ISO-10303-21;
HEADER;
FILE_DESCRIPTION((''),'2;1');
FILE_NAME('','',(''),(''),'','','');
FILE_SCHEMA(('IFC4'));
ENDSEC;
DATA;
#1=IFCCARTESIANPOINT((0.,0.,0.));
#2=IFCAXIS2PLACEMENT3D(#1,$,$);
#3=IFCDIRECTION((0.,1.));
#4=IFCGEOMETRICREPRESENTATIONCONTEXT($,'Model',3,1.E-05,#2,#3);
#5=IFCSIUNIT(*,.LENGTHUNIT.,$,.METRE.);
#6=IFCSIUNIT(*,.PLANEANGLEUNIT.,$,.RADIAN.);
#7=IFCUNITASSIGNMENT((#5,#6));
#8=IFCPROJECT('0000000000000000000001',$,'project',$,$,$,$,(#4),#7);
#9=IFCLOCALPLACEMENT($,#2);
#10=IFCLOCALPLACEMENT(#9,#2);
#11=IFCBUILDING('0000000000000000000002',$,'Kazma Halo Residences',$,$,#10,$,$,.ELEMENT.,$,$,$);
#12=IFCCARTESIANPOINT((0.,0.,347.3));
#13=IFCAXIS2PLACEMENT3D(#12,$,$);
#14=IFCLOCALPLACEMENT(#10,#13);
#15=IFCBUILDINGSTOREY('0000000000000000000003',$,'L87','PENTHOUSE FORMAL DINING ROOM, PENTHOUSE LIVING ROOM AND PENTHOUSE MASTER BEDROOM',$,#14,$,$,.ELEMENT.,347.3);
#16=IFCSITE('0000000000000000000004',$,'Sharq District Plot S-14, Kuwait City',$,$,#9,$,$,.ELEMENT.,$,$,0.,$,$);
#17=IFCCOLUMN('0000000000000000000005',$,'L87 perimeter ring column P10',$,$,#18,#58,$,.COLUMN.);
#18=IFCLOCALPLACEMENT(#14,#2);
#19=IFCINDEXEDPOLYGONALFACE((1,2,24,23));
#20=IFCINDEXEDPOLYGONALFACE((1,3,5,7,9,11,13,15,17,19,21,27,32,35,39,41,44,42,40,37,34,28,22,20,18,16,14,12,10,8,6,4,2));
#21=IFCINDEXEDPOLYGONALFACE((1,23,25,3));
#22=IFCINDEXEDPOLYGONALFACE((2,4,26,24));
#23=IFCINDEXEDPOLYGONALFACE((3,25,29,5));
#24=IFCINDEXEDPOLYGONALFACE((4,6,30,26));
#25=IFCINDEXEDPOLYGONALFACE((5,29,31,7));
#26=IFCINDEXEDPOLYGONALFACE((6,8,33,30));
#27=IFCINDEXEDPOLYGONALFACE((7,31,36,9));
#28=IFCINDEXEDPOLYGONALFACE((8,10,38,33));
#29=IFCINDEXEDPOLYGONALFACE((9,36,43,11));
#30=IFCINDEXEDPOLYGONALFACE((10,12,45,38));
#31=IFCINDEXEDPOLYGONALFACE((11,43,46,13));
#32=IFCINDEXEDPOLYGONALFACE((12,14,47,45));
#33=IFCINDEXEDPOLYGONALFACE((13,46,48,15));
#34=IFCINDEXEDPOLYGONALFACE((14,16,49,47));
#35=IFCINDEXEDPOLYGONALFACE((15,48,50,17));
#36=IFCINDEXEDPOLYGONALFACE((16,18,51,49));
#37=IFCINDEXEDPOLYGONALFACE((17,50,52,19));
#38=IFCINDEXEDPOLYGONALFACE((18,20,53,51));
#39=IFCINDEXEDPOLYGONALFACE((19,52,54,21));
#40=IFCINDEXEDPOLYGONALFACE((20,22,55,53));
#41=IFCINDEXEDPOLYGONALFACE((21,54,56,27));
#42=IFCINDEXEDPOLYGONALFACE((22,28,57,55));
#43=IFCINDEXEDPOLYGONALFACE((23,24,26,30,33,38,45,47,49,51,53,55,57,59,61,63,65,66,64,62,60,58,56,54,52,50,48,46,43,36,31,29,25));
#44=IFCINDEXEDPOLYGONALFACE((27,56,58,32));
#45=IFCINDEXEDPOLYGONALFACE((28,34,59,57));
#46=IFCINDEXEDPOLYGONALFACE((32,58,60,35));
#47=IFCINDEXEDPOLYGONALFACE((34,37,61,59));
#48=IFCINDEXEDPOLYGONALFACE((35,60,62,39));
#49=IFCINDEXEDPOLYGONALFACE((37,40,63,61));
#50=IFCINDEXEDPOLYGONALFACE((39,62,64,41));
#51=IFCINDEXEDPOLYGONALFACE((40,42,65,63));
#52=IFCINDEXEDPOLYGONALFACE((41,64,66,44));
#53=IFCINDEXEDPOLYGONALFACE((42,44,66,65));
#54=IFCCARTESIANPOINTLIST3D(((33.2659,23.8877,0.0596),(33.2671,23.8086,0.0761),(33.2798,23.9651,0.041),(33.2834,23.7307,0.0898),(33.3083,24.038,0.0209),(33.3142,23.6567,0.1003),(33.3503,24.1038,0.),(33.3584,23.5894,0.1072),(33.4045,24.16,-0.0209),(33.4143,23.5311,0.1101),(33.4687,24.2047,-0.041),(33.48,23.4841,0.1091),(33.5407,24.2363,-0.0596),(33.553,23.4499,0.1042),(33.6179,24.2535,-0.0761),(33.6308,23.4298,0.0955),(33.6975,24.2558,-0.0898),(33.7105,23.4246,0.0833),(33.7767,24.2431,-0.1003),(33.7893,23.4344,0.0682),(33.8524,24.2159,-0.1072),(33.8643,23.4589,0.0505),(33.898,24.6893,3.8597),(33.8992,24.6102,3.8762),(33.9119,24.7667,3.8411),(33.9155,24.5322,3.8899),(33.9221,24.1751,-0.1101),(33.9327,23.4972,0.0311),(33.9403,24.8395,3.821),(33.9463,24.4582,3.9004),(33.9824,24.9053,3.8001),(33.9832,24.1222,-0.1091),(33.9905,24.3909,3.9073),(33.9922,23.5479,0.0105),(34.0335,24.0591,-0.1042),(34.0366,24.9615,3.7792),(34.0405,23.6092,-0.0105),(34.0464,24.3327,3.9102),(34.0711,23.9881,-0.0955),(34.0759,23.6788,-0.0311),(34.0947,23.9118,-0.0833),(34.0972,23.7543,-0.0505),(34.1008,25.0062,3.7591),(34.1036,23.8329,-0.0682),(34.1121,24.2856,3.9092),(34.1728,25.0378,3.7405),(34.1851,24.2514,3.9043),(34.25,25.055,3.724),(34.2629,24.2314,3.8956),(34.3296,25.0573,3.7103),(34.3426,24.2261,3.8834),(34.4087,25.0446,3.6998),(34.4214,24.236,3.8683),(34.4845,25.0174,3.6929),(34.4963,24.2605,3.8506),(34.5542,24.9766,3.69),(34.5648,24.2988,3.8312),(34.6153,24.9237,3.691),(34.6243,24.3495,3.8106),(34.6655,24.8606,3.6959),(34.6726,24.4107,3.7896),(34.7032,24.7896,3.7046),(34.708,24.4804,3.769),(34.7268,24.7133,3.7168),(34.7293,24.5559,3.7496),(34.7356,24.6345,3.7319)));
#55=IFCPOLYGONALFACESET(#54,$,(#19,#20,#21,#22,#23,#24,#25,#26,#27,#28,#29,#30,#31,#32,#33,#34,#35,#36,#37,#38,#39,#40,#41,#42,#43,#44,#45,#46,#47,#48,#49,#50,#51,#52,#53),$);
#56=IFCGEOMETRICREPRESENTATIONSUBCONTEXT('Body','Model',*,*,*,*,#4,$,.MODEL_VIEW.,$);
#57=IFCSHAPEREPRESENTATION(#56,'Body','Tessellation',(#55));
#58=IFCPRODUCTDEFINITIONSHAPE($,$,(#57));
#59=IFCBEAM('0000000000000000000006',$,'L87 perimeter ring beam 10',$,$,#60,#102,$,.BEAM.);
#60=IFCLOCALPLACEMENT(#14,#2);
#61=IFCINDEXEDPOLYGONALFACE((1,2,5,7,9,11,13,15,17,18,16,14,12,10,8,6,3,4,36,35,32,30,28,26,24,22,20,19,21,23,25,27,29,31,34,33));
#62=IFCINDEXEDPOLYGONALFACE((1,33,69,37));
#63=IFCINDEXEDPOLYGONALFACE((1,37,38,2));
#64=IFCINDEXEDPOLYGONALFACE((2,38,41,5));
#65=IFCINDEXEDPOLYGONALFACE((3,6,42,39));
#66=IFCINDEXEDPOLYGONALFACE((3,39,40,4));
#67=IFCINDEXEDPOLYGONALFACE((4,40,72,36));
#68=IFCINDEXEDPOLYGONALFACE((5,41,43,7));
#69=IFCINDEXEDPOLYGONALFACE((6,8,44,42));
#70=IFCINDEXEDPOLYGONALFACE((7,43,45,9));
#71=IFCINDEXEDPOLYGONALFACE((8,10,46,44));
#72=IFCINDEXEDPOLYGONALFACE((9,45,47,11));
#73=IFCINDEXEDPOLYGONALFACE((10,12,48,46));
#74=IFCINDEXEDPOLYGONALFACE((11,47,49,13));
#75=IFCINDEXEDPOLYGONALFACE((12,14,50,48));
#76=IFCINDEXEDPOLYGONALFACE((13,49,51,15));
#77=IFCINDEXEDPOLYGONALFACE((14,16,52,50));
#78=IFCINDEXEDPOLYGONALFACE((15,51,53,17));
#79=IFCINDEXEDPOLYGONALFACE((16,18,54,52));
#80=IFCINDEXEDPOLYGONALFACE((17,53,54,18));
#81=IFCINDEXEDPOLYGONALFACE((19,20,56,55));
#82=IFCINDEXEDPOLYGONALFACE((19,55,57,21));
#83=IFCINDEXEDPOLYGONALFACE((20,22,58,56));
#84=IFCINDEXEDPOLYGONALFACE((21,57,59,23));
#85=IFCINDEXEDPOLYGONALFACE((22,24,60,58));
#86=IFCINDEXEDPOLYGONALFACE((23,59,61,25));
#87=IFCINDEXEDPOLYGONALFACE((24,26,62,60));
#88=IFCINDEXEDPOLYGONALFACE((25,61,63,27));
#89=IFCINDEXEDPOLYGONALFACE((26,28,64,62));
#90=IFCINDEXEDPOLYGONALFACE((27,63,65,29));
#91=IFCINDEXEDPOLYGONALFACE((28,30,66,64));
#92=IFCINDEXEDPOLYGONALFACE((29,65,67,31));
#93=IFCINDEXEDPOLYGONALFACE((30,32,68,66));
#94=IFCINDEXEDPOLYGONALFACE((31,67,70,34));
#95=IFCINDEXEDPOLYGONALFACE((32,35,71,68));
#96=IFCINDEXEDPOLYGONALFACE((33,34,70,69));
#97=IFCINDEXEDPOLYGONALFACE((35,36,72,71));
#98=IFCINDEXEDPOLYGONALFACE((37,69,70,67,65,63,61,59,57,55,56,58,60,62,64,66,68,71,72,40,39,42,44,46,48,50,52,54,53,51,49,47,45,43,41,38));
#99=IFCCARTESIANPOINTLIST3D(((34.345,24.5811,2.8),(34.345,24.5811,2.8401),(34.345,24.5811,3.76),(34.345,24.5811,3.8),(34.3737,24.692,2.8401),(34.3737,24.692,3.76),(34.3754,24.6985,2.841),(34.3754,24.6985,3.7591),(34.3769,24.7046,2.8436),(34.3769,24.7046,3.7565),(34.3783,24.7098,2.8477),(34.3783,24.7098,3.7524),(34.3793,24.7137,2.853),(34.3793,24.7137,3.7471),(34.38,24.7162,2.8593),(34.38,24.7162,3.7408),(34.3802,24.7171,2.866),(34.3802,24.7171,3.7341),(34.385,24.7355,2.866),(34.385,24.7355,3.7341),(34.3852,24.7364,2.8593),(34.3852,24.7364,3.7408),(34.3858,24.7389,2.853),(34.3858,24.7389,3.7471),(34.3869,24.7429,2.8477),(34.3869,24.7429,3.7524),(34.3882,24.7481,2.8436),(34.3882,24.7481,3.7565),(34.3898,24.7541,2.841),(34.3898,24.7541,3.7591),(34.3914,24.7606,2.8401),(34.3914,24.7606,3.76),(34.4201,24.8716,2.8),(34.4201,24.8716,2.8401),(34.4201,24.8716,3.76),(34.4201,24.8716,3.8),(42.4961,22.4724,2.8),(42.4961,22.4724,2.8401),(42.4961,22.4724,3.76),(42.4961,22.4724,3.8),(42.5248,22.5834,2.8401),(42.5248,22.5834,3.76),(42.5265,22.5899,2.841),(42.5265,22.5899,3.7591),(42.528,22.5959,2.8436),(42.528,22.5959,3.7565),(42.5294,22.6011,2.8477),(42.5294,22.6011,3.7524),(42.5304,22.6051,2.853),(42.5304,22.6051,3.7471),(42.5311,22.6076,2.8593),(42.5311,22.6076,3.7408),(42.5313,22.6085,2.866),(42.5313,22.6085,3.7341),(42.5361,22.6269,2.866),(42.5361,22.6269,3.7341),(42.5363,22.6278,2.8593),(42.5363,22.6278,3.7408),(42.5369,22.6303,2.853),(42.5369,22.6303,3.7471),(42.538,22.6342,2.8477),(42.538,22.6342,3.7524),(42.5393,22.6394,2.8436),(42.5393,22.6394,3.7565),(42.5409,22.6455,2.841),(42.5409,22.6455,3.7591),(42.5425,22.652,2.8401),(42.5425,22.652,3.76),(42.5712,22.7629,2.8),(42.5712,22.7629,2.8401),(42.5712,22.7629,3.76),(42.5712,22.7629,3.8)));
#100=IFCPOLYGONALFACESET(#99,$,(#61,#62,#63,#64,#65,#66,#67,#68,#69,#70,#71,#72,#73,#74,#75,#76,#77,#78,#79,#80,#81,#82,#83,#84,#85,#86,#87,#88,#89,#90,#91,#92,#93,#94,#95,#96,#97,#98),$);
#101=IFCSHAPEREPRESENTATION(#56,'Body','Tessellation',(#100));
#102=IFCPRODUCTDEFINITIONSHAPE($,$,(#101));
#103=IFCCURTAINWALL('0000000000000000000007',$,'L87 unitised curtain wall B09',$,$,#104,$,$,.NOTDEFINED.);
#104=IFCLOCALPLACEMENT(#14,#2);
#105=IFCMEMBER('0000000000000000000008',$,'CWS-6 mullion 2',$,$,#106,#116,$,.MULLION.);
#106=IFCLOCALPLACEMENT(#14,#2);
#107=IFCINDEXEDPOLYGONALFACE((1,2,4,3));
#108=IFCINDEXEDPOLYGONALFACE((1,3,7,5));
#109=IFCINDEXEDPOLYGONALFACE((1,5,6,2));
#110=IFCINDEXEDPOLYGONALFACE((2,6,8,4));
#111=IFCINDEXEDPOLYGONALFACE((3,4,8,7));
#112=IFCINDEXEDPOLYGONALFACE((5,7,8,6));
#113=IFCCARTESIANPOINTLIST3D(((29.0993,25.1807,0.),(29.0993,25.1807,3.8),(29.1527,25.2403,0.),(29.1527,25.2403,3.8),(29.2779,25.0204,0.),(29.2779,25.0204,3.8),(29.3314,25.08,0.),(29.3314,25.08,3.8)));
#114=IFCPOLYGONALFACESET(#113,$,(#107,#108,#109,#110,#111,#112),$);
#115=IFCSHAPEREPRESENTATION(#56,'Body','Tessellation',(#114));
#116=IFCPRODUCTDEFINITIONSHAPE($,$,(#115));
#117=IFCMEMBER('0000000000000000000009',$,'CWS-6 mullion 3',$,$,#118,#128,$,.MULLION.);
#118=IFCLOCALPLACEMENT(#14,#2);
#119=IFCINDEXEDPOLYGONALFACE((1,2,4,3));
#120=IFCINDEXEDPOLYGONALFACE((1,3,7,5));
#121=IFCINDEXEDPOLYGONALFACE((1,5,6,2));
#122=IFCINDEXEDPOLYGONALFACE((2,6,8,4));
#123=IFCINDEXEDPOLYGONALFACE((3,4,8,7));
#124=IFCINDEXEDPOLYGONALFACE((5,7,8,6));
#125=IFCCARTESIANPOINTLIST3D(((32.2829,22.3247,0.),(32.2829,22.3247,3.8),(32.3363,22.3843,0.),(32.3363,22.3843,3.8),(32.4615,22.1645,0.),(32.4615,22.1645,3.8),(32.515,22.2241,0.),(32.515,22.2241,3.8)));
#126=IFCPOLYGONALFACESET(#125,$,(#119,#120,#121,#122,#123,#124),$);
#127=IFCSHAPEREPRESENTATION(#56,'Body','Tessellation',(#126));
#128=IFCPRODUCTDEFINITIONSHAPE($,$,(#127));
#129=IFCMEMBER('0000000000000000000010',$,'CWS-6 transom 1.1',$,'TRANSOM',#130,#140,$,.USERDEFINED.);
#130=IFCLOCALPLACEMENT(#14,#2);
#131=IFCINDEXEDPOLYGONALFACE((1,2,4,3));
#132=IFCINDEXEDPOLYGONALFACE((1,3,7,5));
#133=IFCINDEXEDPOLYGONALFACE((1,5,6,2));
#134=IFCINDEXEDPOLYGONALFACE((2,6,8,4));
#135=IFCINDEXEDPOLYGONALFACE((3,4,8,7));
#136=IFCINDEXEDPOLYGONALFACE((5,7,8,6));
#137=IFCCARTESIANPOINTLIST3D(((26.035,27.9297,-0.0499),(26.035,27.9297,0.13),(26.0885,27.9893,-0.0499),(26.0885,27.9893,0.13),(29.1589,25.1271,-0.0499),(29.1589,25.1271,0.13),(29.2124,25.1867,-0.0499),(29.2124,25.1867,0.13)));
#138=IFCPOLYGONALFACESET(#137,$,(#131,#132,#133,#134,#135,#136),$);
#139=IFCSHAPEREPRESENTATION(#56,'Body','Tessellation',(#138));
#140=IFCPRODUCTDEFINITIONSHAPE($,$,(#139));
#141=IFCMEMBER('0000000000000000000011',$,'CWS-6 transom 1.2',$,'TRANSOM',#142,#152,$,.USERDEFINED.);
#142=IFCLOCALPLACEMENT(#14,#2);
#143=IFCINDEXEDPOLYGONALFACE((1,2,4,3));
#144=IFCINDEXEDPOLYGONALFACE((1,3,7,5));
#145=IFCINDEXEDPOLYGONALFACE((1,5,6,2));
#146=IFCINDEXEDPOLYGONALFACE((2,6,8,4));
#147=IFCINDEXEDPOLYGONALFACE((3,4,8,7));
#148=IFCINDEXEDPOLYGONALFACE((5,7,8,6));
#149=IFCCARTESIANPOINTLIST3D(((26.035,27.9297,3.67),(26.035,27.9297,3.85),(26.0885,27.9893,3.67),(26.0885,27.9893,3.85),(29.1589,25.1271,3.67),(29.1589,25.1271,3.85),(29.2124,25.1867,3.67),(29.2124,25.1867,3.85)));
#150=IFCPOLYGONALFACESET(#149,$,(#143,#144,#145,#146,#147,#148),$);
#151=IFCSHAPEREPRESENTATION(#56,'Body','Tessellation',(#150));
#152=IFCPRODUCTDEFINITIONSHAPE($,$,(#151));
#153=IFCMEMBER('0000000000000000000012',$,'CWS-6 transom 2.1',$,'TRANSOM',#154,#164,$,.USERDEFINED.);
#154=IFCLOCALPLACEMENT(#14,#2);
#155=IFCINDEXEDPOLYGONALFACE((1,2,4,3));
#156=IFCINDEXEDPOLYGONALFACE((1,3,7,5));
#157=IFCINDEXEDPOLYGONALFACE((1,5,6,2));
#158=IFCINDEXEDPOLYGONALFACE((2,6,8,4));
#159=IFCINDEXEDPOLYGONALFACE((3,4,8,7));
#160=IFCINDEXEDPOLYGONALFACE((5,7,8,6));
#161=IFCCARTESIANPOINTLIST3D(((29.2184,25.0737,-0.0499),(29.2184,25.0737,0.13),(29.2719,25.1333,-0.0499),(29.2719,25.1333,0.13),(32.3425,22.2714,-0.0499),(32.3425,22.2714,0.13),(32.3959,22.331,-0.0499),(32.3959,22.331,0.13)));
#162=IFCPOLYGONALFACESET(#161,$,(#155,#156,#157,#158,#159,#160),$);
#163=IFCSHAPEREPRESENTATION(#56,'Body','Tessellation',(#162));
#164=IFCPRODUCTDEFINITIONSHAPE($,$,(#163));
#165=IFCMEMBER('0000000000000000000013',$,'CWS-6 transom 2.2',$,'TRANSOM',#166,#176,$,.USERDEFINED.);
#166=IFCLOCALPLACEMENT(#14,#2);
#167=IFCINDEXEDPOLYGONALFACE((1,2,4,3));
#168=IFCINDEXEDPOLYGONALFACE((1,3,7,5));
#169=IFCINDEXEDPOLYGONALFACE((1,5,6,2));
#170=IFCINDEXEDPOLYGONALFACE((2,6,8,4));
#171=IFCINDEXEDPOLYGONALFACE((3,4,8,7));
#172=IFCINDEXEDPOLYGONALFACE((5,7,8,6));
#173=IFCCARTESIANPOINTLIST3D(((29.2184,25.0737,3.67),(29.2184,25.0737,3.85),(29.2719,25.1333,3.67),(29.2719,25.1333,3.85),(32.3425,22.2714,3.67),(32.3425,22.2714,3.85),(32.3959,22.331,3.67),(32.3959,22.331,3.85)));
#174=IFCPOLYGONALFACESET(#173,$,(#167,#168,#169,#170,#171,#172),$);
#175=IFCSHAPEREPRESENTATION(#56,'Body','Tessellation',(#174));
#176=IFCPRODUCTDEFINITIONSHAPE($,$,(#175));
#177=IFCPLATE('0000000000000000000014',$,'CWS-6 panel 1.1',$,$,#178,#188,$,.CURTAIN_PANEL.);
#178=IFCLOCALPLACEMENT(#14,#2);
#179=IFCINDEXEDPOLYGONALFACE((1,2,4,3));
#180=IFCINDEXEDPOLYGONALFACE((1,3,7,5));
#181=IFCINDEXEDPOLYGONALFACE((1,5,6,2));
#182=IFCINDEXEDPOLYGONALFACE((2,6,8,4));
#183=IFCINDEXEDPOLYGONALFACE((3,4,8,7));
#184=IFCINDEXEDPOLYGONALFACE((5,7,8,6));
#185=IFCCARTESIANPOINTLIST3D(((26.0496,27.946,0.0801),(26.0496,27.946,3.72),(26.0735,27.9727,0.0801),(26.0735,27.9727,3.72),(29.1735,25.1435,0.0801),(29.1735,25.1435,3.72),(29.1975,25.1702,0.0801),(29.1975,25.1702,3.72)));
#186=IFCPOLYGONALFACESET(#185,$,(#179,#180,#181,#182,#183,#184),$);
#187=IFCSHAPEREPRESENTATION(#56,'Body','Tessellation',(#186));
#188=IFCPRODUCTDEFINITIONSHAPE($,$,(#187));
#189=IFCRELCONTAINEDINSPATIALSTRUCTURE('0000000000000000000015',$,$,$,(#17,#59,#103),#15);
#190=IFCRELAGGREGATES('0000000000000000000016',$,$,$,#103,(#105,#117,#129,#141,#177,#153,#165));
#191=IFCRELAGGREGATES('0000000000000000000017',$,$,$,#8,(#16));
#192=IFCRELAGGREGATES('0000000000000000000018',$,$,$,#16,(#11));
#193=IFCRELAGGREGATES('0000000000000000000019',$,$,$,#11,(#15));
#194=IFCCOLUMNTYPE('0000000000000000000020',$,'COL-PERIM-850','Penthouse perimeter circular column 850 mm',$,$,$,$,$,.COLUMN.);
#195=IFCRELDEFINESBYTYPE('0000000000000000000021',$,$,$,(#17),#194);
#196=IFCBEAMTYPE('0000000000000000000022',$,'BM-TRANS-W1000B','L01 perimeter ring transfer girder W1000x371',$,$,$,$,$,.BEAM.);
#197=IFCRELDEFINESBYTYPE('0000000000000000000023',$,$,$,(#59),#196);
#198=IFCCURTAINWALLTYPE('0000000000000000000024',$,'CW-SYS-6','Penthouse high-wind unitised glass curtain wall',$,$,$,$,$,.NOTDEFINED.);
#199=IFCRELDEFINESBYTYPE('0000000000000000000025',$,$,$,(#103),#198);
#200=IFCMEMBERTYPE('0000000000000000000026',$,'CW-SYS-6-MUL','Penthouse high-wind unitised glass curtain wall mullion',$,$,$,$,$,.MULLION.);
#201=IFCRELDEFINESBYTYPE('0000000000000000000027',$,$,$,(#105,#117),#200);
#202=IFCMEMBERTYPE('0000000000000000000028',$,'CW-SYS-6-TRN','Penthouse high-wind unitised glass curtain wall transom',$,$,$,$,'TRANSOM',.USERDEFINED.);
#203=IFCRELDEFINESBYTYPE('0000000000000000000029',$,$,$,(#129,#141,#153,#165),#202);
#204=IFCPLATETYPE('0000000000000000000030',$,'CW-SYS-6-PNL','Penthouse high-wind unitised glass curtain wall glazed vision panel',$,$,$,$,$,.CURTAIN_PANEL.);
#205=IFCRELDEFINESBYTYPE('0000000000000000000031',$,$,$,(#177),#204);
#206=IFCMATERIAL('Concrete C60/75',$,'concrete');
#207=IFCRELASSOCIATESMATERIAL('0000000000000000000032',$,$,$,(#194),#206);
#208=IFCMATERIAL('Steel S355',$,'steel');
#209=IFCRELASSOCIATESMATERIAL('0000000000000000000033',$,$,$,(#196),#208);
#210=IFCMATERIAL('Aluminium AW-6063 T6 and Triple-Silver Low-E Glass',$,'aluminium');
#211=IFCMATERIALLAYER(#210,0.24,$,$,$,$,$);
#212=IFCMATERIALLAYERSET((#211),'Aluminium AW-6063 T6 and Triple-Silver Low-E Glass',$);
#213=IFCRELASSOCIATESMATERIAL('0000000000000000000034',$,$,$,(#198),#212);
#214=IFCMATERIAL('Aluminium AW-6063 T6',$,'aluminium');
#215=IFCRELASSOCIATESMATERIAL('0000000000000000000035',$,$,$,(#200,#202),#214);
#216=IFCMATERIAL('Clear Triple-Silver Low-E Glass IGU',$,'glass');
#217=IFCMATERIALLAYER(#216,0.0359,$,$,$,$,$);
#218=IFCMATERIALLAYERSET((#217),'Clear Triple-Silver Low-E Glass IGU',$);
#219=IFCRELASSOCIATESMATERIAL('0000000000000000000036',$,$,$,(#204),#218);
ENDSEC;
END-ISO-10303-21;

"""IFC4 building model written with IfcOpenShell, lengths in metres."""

from ifc_helpers import new_model, si_unit, direction, frame, origin, origin_2d, place, context, subcontext, project, spatial, rectangle, circle, i_section, extrude, material, layer, layer_set, material_profile, profile_set, type_object, element, aggregate, save


model = new_model("IFC4")

# Units and contexts
model_context = context("Model", 3, precision=1e-05, world=origin(), true_north=direction((0.0, 1.0)))
body_context = subcontext(model_context, "Body", "Model", "MODEL_VIEW")
ifc_project = project(units=[si_unit("LENGTHUNIT", "METRE"), si_unit("PLANEANGLEUNIT", "RADIAN")], contexts=[model_context])

# Site, building, storey
site_placement = place(None, origin())
site = spatial("IfcSite", under=ifc_project, at=site_placement, Name="Sharq District Plot S-14, Kuwait City", CompositionType="ELEMENT", RefElevation=0.0)
building_placement = place(site_placement, origin())
building = spatial("IfcBuilding", under=site, at=building_placement, Name="Kazma Halo Residences", CompositionType="ELEMENT")
storey_placement = place(building_placement, frame((0.0, 0.0, 347.3)))
storey = spatial("IfcBuildingStorey", under=building, at=storey_placement, Name="L87", Description="PENTHOUSE FORMAL DINING ROOM, PENTHOUSE LIVING ROOM AND PENTHOUSE MASTER BEDROOM", CompositionType="ELEMENT", Elevation=347.3)

# Column
ifc_material_1 = material(Name="Concrete C60/75", Category="concrete")
ifc_material_profile_1 = material_profile(ifc_material_1, circle(Radius=0.425, at=origin_2d()), Name="CIRC850")
ifc_profile_set_1 = profile_set([ifc_material_profile_1], Name="Concrete C60/75")
column_type = type_object("IfcColumnType", Name="COL-PERIM-850", Description="Penthouse perimeter circular column 850 mm", PredefinedType="COLUMN", material=ifc_profile_set_1)
column_placement = place(storey_placement, frame((33.6841, 23.8406, 0.0), z_axis=(0.16064, 0.203701, 0.965764), x_axis=(-0.785213, 0.619225, 0.0)))
element("IfcColumn", 1, at=column_placement, inside=storey, type_object=column_type, Name="L87 perimeter ring column P10", PredefinedType="COLUMN", context=body_context, shape_type="SweptSolid", body=[
    extrude(circle(Radius=0.425, at=origin_2d()), origin(), (0.0, 0.0, 1.0), 3.9348),
])

# Beam
ifc_material_2 = material(Name="Steel S355", Category="steel")
ifc_material_profile_2 = material_profile(ifc_material_2, i_section(OverallWidth=0.3, OverallDepth=1.0, WebThickness=0.019, FlangeThickness=0.04, FilletRadius=0.0259, at=origin_2d()), Name="W1000x371")
ifc_profile_set_2 = profile_set([ifc_material_profile_2], Name="Steel S355")
beam_type = type_object("IfcBeamType", Name="BM-TRANS-W1000B", Description="L01 perimeter ring transfer girder W1000x371", PredefinedType="BEAM", material=ifc_profile_set_2)
beam_placement = place(storey_placement, frame((34.3826, 24.7263, 3.3), z_axis=(0.96813, -0.250449, 0.0), x_axis=(0.250449, 0.96813, 0.0)))
element("IfcBeam", 2, at=beam_placement, inside=storey, type_object=beam_type, Name="L87 perimeter ring beam 10", PredefinedType="BEAM", context=body_context, shape_type="SweptSolid", body=[
    extrude(i_section(OverallWidth=0.3, OverallDepth=1.0, WebThickness=0.019, FlangeThickness=0.04, FilletRadius=0.0259, at=origin_2d()), origin(), (0.0, 0.0, 1.0), 8.4194),
])

# Curtain wall, members, plate
ifc_material_3 = material(Name="Aluminium AW-6063 T6 and Triple-Silver Low-E Glass", Category="aluminium")
ifc_layer_1 = layer(ifc_material_3, 0.24)
ifc_layer_set_1 = layer_set([ifc_layer_1], Name="Aluminium AW-6063 T6 and Triple-Silver Low-E Glass")
curtain_wall_type = type_object("IfcCurtainWallType", Name="CW-SYS-6", Description="Penthouse high-wind unitised glass curtain wall", PredefinedType="NOTDEFINED", material=ifc_layer_set_1)
curtain_wall_placement = place(storey_placement, origin())
curtain_wall = element("IfcCurtainWall", 3, at=curtain_wall_placement, inside=storey, type_object=curtain_wall_type, Name="L87 unitised curtain wall B09", PredefinedType="NOTDEFINED")
ifc_material_4 = material(Name="Aluminium AW-6063 T6", Category="aluminium")
ifc_material_profile_3 = material_profile(ifc_material_4, rectangle(XDim=0.0801, YDim=0.24, at=origin_2d()), Name="CWM-80x240")
ifc_profile_set_3 = profile_set([ifc_material_profile_3], Name="Aluminium AW-6063 T6")
member_type_1 = type_object("IfcMemberType", Name="CW-SYS-6-MUL", Description="Penthouse high-wind unitised glass curtain wall mullion", PredefinedType="MULLION", material=ifc_profile_set_3)
member_1_placement = place(storey_placement, frame((29.2153, 25.1304, 0.0), z_axis=(0.0, 0.0, 1.0), x_axis=(0.667758, 0.744379, 0.0)))
member_1 = element("IfcMember", 4, at=member_1_placement, type_object=member_type_1, Name="CWS-6 mullion 2", PredefinedType="MULLION", context=body_context, shape_type="SweptSolid", body=[
    extrude(rectangle(XDim=0.0801, YDim=0.24, at=origin_2d()), origin(), (0.0, 0.0, 1.0), 3.8),
])
member_2_placement = place(storey_placement, frame((32.3989, 22.2744, 0.0), z_axis=(0.0, 0.0, 1.0), x_axis=(0.667758, 0.744379, 0.0)))
member_2 = element("IfcMember", 5, at=member_2_placement, type_object=member_type_1, Name="CWS-6 mullion 3", PredefinedType="MULLION", context=body_context, shape_type="SweptSolid", body=[
    extrude(rectangle(XDim=0.0801, YDim=0.24, at=origin_2d()), origin(), (0.0, 0.0, 1.0), 3.8),
])
ifc_material_profile_4 = material_profile(ifc_material_4, rectangle(XDim=0.0801, YDim=0.1799, at=origin_2d()), Name="CWT-80x180")
ifc_profile_set_4 = profile_set([ifc_material_profile_4], Name="Aluminium AW-6063 T6")
member_type_2 = type_object("IfcMemberType", Name="CW-SYS-6-TRN", Description="Penthouse high-wind unitised glass curtain wall transom", ElementType="TRANSOM", PredefinedType="USERDEFINED", material=ifc_profile_set_4)
member_3_placement = place(storey_placement, frame((26.0618, 27.9595, 0.04), z_axis=(0.744349, -0.667791, 0.0), x_axis=(0.667791, 0.744349, 0.0)))
member_3 = element("IfcMember", 6, at=member_3_placement, type_object=member_type_2, Name="CWS-6 transom 1.1", ObjectType="TRANSOM", PredefinedType="USERDEFINED", context=body_context, shape_type="SweptSolid", body=[
    extrude(rectangle(XDim=0.0801, YDim=0.1799, at=origin_2d()), origin(), (0.0, 0.0, 1.0), 4.1968),
])
member_4_placement = place(storey_placement, frame((26.0618, 27.9595, 3.76), z_axis=(0.744349, -0.667791, 0.0), x_axis=(0.667791, 0.744349, 0.0)))
member_4 = element("IfcMember", 7, at=member_4_placement, type_object=member_type_2, Name="CWS-6 transom 1.2", ObjectType="TRANSOM", PredefinedType="USERDEFINED", context=body_context, shape_type="SweptSolid", body=[
    extrude(rectangle(XDim=0.0801, YDim=0.1799, at=origin_2d()), origin(), (0.0, 0.0, 1.0), 4.1968),
])
member_5_placement = place(storey_placement, frame((29.2451, 25.1035, 0.04), z_axis=(0.744404, -0.66773, 0.0), x_axis=(0.66773, 0.744404, 0.0)))
member_5 = element("IfcMember", 8, at=member_5_placement, type_object=member_type_2, Name="CWS-6 transom 2.1", ObjectType="TRANSOM", PredefinedType="USERDEFINED", context=body_context, shape_type="SweptSolid", body=[
    extrude(rectangle(XDim=0.0801, YDim=0.1799, at=origin_2d()), origin(), (0.0, 0.0, 1.0), 4.1968),
])
member_6_placement = place(storey_placement, frame((29.2451, 25.1035, 3.76), z_axis=(0.744404, -0.66773, 0.0), x_axis=(0.66773, 0.744404, 0.0)))
member_6 = element("IfcMember", 9, at=member_6_placement, type_object=member_type_2, Name="CWS-6 transom 2.2", ObjectType="TRANSOM", PredefinedType="USERDEFINED", context=body_context, shape_type="SweptSolid", body=[
    extrude(rectangle(XDim=0.0801, YDim=0.1799, at=origin_2d()), origin(), (0.0, 0.0, 1.0), 4.1968),
])
ifc_material_5 = material(Name="Clear Triple-Silver Low-E Glass IGU", Category="glass")
ifc_layer_2 = layer(ifc_material_5, 0.0359)
ifc_layer_set_2 = layer_set([ifc_layer_2], Name="Clear Triple-Silver Low-E Glass IGU")
plate_type = type_object("IfcPlateType", Name="CW-SYS-6-PNL", Description="Penthouse high-wind unitised glass curtain wall glazed vision panel", PredefinedType="CURTAIN_PANEL", material=ifc_layer_set_2)
plate_1_placement = place(storey_placement, frame((27.6235, 26.5581, 0.0801), z_axis=(0.0, 0.0, 1.0), x_axis=(0.744379, -0.667758, 0.0)))
plate_1 = element("IfcPlate", 10, at=plate_1_placement, type_object=plate_type, Name="CWS-6 panel 1.1", PredefinedType="CURTAIN_PANEL", context=body_context, shape_type="SweptSolid", body=[
    extrude(rectangle(XDim=4.1968, YDim=0.0359, at=origin_2d()), origin(), (0.0, 0.0, 1.0), 3.6399),
])
aggregate(curtain_wall, [member_1, member_2, member_3, member_4, plate_1, member_5, member_6])

save(model, "model.ifc")
